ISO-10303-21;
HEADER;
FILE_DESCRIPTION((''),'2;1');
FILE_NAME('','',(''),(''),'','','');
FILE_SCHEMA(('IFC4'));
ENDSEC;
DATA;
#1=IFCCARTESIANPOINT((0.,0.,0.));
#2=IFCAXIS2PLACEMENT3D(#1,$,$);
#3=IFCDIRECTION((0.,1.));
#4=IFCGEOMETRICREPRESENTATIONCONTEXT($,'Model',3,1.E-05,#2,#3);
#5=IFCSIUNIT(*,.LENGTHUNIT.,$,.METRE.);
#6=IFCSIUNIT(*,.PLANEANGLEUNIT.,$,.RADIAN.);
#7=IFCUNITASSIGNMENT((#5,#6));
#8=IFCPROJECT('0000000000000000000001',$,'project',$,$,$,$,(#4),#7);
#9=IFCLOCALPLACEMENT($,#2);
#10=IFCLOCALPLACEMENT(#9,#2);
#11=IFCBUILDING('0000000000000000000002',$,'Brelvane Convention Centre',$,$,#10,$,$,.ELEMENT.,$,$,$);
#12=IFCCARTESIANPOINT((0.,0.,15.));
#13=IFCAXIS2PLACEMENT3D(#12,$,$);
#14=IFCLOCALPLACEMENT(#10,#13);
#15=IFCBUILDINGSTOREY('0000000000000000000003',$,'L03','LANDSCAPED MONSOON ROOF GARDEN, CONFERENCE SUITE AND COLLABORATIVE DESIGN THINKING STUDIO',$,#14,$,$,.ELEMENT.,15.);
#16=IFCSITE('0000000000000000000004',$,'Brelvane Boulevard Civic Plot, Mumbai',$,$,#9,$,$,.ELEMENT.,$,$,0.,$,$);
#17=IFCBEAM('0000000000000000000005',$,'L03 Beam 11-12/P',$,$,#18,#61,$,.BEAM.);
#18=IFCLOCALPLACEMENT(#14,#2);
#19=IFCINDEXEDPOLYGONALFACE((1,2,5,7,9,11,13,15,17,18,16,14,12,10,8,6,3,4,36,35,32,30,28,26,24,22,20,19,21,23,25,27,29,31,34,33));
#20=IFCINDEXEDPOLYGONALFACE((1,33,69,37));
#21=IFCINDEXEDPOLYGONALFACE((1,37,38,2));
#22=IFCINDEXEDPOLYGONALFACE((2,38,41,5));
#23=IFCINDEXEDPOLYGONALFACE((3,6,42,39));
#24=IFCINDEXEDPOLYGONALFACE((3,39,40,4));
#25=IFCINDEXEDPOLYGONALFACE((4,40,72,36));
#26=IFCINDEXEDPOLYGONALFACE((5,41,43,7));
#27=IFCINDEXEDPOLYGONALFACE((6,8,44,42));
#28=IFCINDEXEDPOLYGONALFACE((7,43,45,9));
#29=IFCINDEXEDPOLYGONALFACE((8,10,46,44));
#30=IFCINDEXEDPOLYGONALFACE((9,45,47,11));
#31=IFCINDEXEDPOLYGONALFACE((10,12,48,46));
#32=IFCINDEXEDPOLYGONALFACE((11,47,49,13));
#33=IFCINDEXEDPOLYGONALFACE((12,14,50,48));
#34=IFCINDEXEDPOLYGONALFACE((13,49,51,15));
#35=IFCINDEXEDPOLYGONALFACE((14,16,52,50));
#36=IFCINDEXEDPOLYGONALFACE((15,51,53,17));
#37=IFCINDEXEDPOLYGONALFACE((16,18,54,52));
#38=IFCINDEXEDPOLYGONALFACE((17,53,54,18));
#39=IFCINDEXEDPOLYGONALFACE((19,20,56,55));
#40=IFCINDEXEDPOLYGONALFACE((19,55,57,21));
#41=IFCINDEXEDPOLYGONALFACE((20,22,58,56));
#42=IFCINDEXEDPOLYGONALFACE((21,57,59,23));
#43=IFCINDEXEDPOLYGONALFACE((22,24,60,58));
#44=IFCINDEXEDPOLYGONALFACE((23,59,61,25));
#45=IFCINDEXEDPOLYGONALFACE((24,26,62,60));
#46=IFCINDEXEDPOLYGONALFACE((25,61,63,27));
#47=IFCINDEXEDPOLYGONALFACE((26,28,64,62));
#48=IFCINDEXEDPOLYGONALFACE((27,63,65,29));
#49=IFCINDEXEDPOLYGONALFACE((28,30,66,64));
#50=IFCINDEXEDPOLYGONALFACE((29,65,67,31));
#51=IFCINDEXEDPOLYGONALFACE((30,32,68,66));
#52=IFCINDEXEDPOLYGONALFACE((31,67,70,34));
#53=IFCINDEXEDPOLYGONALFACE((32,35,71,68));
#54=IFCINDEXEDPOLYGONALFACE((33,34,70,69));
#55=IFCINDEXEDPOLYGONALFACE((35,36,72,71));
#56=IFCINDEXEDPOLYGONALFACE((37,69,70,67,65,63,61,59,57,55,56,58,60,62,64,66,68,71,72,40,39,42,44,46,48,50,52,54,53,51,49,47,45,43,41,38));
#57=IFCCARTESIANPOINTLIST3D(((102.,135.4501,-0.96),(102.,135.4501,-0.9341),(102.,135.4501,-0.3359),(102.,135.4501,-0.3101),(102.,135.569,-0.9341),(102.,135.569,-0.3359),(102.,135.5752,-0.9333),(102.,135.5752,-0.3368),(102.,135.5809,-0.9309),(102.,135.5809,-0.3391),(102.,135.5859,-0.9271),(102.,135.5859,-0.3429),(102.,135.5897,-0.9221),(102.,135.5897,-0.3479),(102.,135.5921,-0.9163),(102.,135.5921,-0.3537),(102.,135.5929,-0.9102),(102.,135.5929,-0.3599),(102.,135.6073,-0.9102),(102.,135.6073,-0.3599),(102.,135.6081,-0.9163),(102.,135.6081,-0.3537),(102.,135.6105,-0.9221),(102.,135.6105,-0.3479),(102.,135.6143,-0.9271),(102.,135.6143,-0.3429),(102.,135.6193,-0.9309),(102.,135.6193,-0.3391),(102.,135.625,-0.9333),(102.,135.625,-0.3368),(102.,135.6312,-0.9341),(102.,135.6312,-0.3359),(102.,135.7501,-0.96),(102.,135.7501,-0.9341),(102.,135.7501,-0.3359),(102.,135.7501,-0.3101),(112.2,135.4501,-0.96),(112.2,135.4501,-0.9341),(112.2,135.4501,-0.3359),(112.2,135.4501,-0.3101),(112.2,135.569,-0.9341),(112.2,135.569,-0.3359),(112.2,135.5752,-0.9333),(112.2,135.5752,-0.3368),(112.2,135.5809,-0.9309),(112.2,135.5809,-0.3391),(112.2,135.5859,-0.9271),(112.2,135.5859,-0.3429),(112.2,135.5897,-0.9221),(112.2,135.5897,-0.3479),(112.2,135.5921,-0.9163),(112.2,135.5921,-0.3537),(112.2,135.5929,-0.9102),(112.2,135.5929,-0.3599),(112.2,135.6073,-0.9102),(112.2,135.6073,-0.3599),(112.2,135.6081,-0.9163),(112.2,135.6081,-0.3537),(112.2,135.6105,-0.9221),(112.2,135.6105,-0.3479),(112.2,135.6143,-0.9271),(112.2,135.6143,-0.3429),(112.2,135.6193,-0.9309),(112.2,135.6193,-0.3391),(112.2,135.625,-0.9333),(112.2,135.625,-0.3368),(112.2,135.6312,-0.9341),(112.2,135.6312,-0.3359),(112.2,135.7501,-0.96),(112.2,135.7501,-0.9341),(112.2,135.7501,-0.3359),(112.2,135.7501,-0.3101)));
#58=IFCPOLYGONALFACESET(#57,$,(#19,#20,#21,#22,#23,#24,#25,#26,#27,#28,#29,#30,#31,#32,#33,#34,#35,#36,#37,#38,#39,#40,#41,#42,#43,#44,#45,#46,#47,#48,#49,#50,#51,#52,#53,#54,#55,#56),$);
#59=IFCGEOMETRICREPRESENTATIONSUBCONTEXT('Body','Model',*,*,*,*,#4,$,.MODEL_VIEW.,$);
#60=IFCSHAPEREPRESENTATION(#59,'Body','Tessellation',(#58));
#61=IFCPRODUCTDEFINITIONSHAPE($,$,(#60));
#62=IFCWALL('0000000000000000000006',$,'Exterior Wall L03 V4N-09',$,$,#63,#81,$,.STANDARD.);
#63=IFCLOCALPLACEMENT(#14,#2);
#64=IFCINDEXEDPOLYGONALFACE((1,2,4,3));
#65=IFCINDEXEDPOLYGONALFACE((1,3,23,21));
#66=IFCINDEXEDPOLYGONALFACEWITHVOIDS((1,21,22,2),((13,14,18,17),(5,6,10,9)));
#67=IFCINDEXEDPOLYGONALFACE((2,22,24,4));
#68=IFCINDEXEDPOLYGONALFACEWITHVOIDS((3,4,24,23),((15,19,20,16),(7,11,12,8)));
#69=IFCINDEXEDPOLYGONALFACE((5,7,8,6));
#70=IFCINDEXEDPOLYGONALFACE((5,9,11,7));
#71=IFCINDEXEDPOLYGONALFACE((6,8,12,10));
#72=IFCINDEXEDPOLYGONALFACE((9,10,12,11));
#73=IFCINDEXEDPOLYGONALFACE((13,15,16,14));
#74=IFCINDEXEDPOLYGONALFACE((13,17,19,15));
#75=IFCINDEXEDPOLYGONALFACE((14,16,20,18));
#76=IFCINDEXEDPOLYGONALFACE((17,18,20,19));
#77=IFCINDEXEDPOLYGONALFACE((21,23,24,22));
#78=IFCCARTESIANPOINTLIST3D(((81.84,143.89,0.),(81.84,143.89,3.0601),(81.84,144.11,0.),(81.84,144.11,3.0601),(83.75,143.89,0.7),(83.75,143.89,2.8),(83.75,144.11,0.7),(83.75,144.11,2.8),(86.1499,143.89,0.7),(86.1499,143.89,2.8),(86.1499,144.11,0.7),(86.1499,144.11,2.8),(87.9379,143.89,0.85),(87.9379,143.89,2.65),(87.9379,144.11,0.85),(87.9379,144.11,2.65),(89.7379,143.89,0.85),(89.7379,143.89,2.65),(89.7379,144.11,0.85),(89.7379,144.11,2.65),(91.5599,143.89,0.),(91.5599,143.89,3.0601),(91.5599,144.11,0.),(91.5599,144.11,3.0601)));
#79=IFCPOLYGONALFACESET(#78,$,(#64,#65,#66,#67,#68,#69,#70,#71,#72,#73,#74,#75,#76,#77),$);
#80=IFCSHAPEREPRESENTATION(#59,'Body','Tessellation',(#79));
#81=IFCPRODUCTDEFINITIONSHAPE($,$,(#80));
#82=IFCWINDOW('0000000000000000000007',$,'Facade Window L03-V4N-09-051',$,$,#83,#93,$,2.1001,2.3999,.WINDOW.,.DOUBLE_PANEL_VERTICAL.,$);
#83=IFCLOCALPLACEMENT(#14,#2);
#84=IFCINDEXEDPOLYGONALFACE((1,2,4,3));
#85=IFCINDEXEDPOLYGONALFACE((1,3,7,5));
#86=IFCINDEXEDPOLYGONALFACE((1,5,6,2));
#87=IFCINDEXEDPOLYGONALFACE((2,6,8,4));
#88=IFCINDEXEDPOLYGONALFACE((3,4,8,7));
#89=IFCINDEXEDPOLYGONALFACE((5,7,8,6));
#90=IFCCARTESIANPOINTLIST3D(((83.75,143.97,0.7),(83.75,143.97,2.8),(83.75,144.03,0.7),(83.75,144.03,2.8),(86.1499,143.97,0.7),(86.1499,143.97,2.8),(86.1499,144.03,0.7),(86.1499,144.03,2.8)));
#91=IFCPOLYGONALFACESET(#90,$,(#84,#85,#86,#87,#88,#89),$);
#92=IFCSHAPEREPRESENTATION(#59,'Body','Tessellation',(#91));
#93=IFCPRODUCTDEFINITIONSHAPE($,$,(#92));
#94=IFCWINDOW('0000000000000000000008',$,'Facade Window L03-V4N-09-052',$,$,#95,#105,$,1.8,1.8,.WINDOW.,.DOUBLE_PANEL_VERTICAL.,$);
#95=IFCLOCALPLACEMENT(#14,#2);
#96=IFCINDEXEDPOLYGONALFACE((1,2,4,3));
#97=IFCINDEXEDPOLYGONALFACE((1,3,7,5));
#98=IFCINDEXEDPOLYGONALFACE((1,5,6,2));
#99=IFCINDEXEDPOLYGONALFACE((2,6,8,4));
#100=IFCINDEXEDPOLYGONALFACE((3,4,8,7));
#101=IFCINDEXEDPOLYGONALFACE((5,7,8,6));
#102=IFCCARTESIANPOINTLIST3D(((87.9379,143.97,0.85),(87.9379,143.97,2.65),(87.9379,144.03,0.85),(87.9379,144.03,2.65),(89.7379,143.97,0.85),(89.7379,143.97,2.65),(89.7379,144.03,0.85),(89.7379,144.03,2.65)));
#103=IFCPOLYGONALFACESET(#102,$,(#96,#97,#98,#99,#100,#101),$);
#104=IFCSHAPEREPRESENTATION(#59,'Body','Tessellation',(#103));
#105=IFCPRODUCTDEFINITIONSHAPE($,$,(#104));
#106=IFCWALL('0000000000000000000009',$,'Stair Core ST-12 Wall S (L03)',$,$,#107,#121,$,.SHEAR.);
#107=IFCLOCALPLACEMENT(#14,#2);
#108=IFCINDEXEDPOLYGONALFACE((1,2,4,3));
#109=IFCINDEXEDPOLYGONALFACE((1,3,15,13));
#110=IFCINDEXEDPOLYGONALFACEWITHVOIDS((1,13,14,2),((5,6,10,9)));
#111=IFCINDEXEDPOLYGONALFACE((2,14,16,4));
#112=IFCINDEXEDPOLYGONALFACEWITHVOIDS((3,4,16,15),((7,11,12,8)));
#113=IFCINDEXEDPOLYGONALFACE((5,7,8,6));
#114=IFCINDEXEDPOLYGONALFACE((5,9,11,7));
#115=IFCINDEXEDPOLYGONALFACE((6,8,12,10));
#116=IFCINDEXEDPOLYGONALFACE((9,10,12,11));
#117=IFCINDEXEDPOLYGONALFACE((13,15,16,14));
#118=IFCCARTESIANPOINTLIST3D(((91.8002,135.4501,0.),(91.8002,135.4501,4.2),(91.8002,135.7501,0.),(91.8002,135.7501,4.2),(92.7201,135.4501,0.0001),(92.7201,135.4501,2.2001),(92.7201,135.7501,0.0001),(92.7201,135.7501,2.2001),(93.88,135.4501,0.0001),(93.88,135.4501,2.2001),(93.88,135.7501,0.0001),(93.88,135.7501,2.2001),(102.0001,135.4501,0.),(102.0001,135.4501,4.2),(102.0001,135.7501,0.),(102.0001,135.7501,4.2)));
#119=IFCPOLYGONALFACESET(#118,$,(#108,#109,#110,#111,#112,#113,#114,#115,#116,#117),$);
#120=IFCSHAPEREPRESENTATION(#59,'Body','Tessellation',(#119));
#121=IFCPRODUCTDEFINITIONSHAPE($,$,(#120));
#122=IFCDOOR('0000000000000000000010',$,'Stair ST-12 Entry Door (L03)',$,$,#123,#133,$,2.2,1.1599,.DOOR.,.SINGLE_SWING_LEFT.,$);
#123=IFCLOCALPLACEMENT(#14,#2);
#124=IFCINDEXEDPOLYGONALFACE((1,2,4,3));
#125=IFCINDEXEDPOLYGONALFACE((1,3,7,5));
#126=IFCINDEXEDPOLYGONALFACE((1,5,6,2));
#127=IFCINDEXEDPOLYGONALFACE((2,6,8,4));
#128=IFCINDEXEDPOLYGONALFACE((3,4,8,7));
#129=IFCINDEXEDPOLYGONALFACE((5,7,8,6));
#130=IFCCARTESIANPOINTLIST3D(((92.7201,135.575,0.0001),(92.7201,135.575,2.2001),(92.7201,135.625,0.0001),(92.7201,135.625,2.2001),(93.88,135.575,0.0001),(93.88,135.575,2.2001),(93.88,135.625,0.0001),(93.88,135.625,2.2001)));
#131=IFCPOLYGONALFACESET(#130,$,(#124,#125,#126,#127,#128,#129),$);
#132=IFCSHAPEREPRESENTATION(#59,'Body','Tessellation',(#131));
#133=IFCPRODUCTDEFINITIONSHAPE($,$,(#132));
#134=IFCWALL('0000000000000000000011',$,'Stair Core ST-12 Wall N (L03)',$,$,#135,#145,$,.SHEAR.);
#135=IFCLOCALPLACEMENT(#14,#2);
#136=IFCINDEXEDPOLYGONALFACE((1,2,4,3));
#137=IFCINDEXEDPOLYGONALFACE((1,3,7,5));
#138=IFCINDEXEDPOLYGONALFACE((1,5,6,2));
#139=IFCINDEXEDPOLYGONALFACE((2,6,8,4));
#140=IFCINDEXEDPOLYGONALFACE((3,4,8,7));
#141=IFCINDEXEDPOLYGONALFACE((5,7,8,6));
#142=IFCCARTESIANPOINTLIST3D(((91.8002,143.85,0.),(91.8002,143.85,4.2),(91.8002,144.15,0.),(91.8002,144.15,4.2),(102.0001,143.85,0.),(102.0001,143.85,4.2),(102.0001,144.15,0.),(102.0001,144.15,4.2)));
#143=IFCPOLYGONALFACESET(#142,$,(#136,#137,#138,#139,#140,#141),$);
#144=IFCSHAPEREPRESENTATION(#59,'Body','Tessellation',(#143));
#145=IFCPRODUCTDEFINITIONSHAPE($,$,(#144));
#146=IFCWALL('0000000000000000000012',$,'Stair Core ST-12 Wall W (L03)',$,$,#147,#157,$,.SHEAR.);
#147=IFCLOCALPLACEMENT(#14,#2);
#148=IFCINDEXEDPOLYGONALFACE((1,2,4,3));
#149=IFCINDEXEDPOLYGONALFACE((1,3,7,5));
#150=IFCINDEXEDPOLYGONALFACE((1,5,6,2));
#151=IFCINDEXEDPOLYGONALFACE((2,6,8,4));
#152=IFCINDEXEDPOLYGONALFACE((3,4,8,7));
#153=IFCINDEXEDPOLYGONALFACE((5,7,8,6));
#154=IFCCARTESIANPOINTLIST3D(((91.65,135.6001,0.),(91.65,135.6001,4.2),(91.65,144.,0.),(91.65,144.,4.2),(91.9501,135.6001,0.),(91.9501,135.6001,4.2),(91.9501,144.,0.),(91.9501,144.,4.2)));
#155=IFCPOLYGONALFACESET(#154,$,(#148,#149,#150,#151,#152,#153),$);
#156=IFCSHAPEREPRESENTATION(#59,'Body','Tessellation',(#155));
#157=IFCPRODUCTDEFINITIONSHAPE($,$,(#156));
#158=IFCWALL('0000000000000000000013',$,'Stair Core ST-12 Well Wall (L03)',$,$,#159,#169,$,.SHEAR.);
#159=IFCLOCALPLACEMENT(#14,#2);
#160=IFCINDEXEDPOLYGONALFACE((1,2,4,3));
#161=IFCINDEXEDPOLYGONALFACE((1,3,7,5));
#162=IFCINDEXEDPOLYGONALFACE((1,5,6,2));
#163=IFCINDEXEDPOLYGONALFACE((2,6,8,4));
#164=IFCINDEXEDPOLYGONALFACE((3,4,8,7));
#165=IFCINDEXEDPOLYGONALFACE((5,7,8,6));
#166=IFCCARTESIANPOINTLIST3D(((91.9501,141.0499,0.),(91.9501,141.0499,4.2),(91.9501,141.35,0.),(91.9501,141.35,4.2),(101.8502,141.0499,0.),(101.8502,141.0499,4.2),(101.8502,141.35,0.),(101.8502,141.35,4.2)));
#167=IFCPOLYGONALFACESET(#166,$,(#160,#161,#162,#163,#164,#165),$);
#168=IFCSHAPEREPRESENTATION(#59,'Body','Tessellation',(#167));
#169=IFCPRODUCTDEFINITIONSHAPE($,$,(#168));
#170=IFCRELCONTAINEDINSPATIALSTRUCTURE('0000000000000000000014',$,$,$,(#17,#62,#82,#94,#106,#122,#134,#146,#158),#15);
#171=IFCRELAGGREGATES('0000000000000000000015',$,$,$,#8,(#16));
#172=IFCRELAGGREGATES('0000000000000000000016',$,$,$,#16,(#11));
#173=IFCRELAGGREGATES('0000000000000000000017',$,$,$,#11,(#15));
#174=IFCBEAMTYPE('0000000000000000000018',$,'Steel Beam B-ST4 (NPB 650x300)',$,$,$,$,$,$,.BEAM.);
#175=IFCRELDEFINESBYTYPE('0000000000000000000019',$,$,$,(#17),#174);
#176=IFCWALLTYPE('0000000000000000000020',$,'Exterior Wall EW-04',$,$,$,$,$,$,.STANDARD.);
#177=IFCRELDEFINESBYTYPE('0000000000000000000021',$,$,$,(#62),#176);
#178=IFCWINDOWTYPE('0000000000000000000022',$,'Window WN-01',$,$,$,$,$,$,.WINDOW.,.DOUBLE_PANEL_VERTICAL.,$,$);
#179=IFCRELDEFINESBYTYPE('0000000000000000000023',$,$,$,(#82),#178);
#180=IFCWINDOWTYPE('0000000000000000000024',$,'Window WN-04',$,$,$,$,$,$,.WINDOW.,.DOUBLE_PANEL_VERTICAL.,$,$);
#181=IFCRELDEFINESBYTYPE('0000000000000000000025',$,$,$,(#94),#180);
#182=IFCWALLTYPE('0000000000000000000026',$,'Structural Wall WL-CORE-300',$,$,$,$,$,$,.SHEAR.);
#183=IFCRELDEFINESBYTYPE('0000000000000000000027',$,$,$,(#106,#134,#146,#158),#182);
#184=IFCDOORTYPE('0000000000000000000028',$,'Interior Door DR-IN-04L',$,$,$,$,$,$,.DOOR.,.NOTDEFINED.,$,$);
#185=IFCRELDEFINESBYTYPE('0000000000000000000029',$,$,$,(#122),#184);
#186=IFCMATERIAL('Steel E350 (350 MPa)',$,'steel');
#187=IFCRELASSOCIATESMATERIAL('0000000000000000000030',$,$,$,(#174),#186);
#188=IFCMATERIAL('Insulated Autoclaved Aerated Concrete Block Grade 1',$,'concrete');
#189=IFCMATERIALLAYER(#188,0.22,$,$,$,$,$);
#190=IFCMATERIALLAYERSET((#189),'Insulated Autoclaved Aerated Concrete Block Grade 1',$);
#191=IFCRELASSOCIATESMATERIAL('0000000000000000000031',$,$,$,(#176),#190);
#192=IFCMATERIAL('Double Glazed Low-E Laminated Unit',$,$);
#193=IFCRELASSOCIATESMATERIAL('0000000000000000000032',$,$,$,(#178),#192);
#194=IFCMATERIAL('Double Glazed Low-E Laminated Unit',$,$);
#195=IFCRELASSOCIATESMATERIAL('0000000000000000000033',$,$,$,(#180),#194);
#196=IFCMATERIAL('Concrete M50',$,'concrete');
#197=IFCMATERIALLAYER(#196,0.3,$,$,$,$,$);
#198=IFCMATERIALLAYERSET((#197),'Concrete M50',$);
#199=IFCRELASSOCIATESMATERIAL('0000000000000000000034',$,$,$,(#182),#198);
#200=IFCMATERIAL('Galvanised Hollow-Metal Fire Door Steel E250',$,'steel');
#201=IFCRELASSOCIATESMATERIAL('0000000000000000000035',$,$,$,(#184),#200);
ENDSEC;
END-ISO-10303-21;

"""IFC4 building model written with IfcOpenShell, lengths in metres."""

from ifc_helpers import new_model, si_unit, direction, frame, frame_2d, origin, origin_2d, place, context, subcontext, project, spatial, rectangle, i_section, extrude, material, layer, layer_set, material_profile, profile_set, type_object, element, fill, save


model = new_model("IFC4")

# Units and contexts
model_context = context("Model", 3, precision=1e-05, world=origin(), true_north=direction((0.0, 1.0)))
body_context = subcontext(model_context, "Body", "Model", "MODEL_VIEW")
ifc_project = project(units=[si_unit("LENGTHUNIT", "METRE"), si_unit("PLANEANGLEUNIT", "RADIAN")], contexts=[model_context])

# Site, building, storey
site_placement = place(None, origin())
site = spatial("IfcSite", under=ifc_project, at=site_placement, Name="Brelvane Boulevard Civic Plot, Mumbai", CompositionType="ELEMENT", RefElevation=0.0)
building_placement = place(site_placement, origin())
building = spatial("IfcBuilding", under=site, at=building_placement, Name="Brelvane Convention Centre", CompositionType="ELEMENT")
storey_placement = place(building_placement, frame((0.0, 0.0, 15.0)))
storey = spatial("IfcBuildingStorey", under=building, at=storey_placement, Name="L03", Description="LANDSCAPED MONSOON ROOF GARDEN, CONFERENCE SUITE AND COLLABORATIVE DESIGN THINKING STUDIO", CompositionType="ELEMENT", Elevation=15.0)

# Beam
ifc_material_1 = material(Name="Steel E350 (350 MPa)", Category="steel")
ifc_material_profile_1 = material_profile(ifc_material_1, i_section(OverallWidth=0.3, OverallDepth=0.6499, WebThickness=0.0144, FlangeThickness=0.0259, FilletRadius=0.0239, at=origin_2d()), Name="NPB 650x300")
ifc_profile_set_1 = profile_set([ifc_material_profile_1], Name="Steel E350 (350 MPa)")
beam_type_1 = type_object("IfcBeamType", Name="Steel Beam B-ST4 (NPB 650x300)", PredefinedType="BEAM", material=ifc_profile_set_1)
for number, where, z_axis, x_axis, name in (
    (1, (102.0, 135.6001, -0.635), (1.0, 0.0, 0.0), (0.0, 1.0, 0.0), "L03 Beam 11-12/P"),
):
    element("IfcBeam", number, at=place(storey_placement, frame(where, z_axis=z_axis, x_axis=x_axis)), inside=storey, type_object=beam_type_1, Name=name, PredefinedType="BEAM", context=body_context, shape_type="SweptSolid", body=[
        extrude(i_section(OverallWidth=0.3, OverallDepth=0.6499, WebThickness=0.0144, FlangeThickness=0.0259, FilletRadius=0.0239, at=origin_2d()), origin(), (0.0, 0.0, 1.0), 10.2),
    ])

# Wall, openings, windows
ifc_material_2 = material(Name="Insulated Autoclaved Aerated Concrete Block Grade 1", Category="concrete")
ifc_layer_1 = layer(ifc_material_2, 0.22)
ifc_layer_set_1 = layer_set([ifc_layer_1], Name="Insulated Autoclaved Aerated Concrete Block Grade 1")
wall_type_1 = type_object("IfcWallType", Name="Exterior Wall EW-04", PredefinedType="STANDARD", material=ifc_layer_set_1)
wall_1_placement = place(storey_placement, frame((81.8401, 144.0, 0.0), z_axis=(0.0, 0.0, 1.0), x_axis=(1.0, 0.0, 0.0)))
wall_1 = element("IfcWall", 2, at=wall_1_placement, inside=storey, type_object=wall_type_1, Name="Exterior Wall L03 V4N-09", PredefinedType="STANDARD", context=body_context, shape_type="SweptSolid", body=[
    extrude(rectangle(XDim=9.72, YDim=0.22, at=frame_2d((4.8599, 0.0))), origin(), (0.0, 0.0, 1.0), 3.0601),
])
opening_1_placement = place(wall_1_placement, frame((1.9099, 0.0, 0.7)))
opening_1 = element("IfcOpeningElement", 3, at=opening_1_placement, cuts=wall_1, PredefinedType="OPENING", context=body_context, shape_type="SweptSolid", body=[
    extrude(rectangle(XDim=2.3999, YDim=2.1001, at=frame_2d((1.2, 1.05))), frame((0.0, 0.1199, 0.0), z_axis=(0.0, -1.0, 0.0), x_axis=(1.0, 0.0, 0.0)), (0.0, 0.0, 1.0), 0.24),
])
opening_2_placement = place(wall_1_placement, frame((6.0979, 0.0, 0.8501)))
opening_2 = element("IfcOpeningElement", 4, at=opening_2_placement, cuts=wall_1, PredefinedType="OPENING", context=body_context, shape_type="SweptSolid", body=[
    extrude(rectangle(XDim=1.8, YDim=1.8, at=frame_2d((0.8999, 0.8999))), frame((0.0, 0.1199, 0.0), z_axis=(0.0, -1.0, 0.0), x_axis=(1.0, 0.0, 0.0)), (0.0, 0.0, 1.0), 0.24),
])
ifc_material_3 = material(Name="Double Glazed Low-E Laminated Unit")
window_type_1 = type_object("IfcWindowType", Name="Window WN-01", PartitioningType="DOUBLE_PANEL_VERTICAL", PredefinedType="WINDOW", material=ifc_material_3)
window_1_placement = place(opening_1_placement, origin())
window_1 = element("IfcWindow", 5, at=window_1_placement, inside=storey, type_object=window_type_1, Name="Facade Window L03-V4N-09-051", OverallHeight=2.1001, OverallWidth=2.3999, PartitioningType="DOUBLE_PANEL_VERTICAL", PredefinedType="WINDOW", context=body_context, shape_type="SweptSolid", body=[
    extrude(rectangle(XDim=2.3999, YDim=2.1001, at=frame_2d((1.2, 1.05))), frame((0.0, 0.03, 0.0), z_axis=(0.0, -1.0, 0.0), x_axis=(1.0, 0.0, 0.0)), (0.0, 0.0, 1.0), 0.0601),
])
fill(opening_1, window_1)
ifc_material_4 = material(Name="Double Glazed Low-E Laminated Unit")
window_type_2 = type_object("IfcWindowType", Name="Window WN-04", PartitioningType="DOUBLE_PANEL_VERTICAL", PredefinedType="WINDOW", material=ifc_material_4)
window_2_placement = place(opening_2_placement, origin())
window_2 = element("IfcWindow", 6, at=window_2_placement, inside=storey, type_object=window_type_2, Name="Facade Window L03-V4N-09-052", OverallHeight=1.8, OverallWidth=1.8, PartitioningType="DOUBLE_PANEL_VERTICAL", PredefinedType="WINDOW", context=body_context, shape_type="SweptSolid", body=[
    extrude(rectangle(XDim=1.8, YDim=1.8, at=frame_2d((0.8999, 0.8999))), frame((0.0, 0.03, 0.0), z_axis=(0.0, -1.0, 0.0), x_axis=(1.0, 0.0, 0.0)), (0.0, 0.0, 1.0), 0.0601),
])
fill(opening_2, window_2)

# Wall, opening, door
ifc_material_5 = material(Name="Concrete M50", Category="concrete")
ifc_layer_2 = layer(ifc_material_5, 0.3)
ifc_layer_set_2 = layer_set([ifc_layer_2], Name="Concrete M50")
wall_type_2 = type_object("IfcWallType", Name="Structural Wall WL-CORE-300", PredefinedType="SHEAR", material=ifc_layer_set_2)
wall_2_placement = place(storey_placement, frame((91.8, 135.6001, 0.0), z_axis=(0.0, 0.0, 1.0), x_axis=(1.0, 0.0, 0.0)))
wall_2 = element("IfcWall", 7, at=wall_2_placement, inside=storey, type_object=wall_type_2, Name="Stair Core ST-12 Wall S (L03)", PredefinedType="SHEAR", context=body_context, shape_type="SweptSolid", body=[
    extrude(rectangle(XDim=10.2, YDim=0.3, at=frame_2d((5.1001, 0.0))), origin(), (0.0, 0.0, 1.0), 4.2),
])
opening_3_placement = place(wall_2_placement, frame((0.9199, 0.0, 0.0)))
opening_3 = element("IfcOpeningElement", 8, at=opening_3_placement, cuts=wall_2, PredefinedType="OPENING", context=body_context, shape_type="SweptSolid", body=[
    extrude(rectangle(XDim=1.1599, YDim=2.2, at=frame_2d((0.5801, 1.1001))), frame((0.0, 0.1599, 0.0), z_axis=(0.0, -1.0, 0.0), x_axis=(1.0, 0.0, 0.0)), (0.0, 0.0, 1.0), 0.3201),
])
ifc_material_6 = material(Name="Galvanised Hollow-Metal Fire Door Steel E250", Category="steel")
door_type = type_object("IfcDoorType", Name="Interior Door DR-IN-04L", OperationType="NOTDEFINED", PredefinedType="DOOR", material=ifc_material_6)
door_placement = place(opening_3_placement, origin())
door = element("IfcDoor", 9, at=door_placement, inside=storey, type_object=door_type, Name="Stair ST-12 Entry Door (L03)", OperationType="SINGLE_SWING_LEFT", OverallHeight=2.2, OverallWidth=1.1599, PredefinedType="DOOR", context=body_context, shape_type="SweptSolid", body=[
    extrude(rectangle(XDim=1.1599, YDim=2.2, at=frame_2d((0.5801, 1.1001))), frame((0.0, 0.0249, 0.0), z_axis=(0.0, -1.0, 0.0), x_axis=(1.0, 0.0, 0.0)), (0.0, 0.0, 1.0), 0.05),
])
fill(opening_3, door)

# Walls
wall_3_placement = place(storey_placement, frame((91.8, 144.0, 0.0), z_axis=(0.0, 0.0, 1.0), x_axis=(1.0, 0.0, 0.0)))
element("IfcWall", 10, at=wall_3_placement, inside=storey, type_object=wall_type_2, Name="Stair Core ST-12 Wall N (L03)", PredefinedType="SHEAR", context=body_context, shape_type="SweptSolid", body=[
    extrude(rectangle(XDim=10.2, YDim=0.3, at=frame_2d((5.1001, 0.0))), origin(), (0.0, 0.0, 1.0), 4.2),
])
wall_4_placement = place(storey_placement, frame((91.8, 135.6001, 0.0), z_axis=(0.0, 0.0, 1.0), x_axis=(0.0, 1.0, 0.0)))
element("IfcWall", 11, at=wall_4_placement, inside=storey, type_object=wall_type_2, Name="Stair Core ST-12 Wall W (L03)", PredefinedType="SHEAR", context=body_context, shape_type="SweptSolid", body=[
    extrude(rectangle(XDim=8.3999, YDim=0.3, at=frame_2d((4.2, 0.0))), origin(), (0.0, 0.0, 1.0), 4.2),
])
wall_5_placement = place(storey_placement, frame((91.95, 141.2, 0.0), z_axis=(0.0, 0.0, 1.0), x_axis=(1.0, 0.0, 0.0)))
element("IfcWall", 12, at=wall_5_placement, inside=storey, type_object=wall_type_2, Name="Stair Core ST-12 Well Wall (L03)", PredefinedType="SHEAR", context=body_context, shape_type="SweptSolid", body=[
    extrude(rectangle(XDim=9.9001, YDim=0.3, at=frame_2d((4.9502, 0.0))), origin(), (0.0, 0.0, 1.0), 4.2),
])

save(model, "model.ifc")
